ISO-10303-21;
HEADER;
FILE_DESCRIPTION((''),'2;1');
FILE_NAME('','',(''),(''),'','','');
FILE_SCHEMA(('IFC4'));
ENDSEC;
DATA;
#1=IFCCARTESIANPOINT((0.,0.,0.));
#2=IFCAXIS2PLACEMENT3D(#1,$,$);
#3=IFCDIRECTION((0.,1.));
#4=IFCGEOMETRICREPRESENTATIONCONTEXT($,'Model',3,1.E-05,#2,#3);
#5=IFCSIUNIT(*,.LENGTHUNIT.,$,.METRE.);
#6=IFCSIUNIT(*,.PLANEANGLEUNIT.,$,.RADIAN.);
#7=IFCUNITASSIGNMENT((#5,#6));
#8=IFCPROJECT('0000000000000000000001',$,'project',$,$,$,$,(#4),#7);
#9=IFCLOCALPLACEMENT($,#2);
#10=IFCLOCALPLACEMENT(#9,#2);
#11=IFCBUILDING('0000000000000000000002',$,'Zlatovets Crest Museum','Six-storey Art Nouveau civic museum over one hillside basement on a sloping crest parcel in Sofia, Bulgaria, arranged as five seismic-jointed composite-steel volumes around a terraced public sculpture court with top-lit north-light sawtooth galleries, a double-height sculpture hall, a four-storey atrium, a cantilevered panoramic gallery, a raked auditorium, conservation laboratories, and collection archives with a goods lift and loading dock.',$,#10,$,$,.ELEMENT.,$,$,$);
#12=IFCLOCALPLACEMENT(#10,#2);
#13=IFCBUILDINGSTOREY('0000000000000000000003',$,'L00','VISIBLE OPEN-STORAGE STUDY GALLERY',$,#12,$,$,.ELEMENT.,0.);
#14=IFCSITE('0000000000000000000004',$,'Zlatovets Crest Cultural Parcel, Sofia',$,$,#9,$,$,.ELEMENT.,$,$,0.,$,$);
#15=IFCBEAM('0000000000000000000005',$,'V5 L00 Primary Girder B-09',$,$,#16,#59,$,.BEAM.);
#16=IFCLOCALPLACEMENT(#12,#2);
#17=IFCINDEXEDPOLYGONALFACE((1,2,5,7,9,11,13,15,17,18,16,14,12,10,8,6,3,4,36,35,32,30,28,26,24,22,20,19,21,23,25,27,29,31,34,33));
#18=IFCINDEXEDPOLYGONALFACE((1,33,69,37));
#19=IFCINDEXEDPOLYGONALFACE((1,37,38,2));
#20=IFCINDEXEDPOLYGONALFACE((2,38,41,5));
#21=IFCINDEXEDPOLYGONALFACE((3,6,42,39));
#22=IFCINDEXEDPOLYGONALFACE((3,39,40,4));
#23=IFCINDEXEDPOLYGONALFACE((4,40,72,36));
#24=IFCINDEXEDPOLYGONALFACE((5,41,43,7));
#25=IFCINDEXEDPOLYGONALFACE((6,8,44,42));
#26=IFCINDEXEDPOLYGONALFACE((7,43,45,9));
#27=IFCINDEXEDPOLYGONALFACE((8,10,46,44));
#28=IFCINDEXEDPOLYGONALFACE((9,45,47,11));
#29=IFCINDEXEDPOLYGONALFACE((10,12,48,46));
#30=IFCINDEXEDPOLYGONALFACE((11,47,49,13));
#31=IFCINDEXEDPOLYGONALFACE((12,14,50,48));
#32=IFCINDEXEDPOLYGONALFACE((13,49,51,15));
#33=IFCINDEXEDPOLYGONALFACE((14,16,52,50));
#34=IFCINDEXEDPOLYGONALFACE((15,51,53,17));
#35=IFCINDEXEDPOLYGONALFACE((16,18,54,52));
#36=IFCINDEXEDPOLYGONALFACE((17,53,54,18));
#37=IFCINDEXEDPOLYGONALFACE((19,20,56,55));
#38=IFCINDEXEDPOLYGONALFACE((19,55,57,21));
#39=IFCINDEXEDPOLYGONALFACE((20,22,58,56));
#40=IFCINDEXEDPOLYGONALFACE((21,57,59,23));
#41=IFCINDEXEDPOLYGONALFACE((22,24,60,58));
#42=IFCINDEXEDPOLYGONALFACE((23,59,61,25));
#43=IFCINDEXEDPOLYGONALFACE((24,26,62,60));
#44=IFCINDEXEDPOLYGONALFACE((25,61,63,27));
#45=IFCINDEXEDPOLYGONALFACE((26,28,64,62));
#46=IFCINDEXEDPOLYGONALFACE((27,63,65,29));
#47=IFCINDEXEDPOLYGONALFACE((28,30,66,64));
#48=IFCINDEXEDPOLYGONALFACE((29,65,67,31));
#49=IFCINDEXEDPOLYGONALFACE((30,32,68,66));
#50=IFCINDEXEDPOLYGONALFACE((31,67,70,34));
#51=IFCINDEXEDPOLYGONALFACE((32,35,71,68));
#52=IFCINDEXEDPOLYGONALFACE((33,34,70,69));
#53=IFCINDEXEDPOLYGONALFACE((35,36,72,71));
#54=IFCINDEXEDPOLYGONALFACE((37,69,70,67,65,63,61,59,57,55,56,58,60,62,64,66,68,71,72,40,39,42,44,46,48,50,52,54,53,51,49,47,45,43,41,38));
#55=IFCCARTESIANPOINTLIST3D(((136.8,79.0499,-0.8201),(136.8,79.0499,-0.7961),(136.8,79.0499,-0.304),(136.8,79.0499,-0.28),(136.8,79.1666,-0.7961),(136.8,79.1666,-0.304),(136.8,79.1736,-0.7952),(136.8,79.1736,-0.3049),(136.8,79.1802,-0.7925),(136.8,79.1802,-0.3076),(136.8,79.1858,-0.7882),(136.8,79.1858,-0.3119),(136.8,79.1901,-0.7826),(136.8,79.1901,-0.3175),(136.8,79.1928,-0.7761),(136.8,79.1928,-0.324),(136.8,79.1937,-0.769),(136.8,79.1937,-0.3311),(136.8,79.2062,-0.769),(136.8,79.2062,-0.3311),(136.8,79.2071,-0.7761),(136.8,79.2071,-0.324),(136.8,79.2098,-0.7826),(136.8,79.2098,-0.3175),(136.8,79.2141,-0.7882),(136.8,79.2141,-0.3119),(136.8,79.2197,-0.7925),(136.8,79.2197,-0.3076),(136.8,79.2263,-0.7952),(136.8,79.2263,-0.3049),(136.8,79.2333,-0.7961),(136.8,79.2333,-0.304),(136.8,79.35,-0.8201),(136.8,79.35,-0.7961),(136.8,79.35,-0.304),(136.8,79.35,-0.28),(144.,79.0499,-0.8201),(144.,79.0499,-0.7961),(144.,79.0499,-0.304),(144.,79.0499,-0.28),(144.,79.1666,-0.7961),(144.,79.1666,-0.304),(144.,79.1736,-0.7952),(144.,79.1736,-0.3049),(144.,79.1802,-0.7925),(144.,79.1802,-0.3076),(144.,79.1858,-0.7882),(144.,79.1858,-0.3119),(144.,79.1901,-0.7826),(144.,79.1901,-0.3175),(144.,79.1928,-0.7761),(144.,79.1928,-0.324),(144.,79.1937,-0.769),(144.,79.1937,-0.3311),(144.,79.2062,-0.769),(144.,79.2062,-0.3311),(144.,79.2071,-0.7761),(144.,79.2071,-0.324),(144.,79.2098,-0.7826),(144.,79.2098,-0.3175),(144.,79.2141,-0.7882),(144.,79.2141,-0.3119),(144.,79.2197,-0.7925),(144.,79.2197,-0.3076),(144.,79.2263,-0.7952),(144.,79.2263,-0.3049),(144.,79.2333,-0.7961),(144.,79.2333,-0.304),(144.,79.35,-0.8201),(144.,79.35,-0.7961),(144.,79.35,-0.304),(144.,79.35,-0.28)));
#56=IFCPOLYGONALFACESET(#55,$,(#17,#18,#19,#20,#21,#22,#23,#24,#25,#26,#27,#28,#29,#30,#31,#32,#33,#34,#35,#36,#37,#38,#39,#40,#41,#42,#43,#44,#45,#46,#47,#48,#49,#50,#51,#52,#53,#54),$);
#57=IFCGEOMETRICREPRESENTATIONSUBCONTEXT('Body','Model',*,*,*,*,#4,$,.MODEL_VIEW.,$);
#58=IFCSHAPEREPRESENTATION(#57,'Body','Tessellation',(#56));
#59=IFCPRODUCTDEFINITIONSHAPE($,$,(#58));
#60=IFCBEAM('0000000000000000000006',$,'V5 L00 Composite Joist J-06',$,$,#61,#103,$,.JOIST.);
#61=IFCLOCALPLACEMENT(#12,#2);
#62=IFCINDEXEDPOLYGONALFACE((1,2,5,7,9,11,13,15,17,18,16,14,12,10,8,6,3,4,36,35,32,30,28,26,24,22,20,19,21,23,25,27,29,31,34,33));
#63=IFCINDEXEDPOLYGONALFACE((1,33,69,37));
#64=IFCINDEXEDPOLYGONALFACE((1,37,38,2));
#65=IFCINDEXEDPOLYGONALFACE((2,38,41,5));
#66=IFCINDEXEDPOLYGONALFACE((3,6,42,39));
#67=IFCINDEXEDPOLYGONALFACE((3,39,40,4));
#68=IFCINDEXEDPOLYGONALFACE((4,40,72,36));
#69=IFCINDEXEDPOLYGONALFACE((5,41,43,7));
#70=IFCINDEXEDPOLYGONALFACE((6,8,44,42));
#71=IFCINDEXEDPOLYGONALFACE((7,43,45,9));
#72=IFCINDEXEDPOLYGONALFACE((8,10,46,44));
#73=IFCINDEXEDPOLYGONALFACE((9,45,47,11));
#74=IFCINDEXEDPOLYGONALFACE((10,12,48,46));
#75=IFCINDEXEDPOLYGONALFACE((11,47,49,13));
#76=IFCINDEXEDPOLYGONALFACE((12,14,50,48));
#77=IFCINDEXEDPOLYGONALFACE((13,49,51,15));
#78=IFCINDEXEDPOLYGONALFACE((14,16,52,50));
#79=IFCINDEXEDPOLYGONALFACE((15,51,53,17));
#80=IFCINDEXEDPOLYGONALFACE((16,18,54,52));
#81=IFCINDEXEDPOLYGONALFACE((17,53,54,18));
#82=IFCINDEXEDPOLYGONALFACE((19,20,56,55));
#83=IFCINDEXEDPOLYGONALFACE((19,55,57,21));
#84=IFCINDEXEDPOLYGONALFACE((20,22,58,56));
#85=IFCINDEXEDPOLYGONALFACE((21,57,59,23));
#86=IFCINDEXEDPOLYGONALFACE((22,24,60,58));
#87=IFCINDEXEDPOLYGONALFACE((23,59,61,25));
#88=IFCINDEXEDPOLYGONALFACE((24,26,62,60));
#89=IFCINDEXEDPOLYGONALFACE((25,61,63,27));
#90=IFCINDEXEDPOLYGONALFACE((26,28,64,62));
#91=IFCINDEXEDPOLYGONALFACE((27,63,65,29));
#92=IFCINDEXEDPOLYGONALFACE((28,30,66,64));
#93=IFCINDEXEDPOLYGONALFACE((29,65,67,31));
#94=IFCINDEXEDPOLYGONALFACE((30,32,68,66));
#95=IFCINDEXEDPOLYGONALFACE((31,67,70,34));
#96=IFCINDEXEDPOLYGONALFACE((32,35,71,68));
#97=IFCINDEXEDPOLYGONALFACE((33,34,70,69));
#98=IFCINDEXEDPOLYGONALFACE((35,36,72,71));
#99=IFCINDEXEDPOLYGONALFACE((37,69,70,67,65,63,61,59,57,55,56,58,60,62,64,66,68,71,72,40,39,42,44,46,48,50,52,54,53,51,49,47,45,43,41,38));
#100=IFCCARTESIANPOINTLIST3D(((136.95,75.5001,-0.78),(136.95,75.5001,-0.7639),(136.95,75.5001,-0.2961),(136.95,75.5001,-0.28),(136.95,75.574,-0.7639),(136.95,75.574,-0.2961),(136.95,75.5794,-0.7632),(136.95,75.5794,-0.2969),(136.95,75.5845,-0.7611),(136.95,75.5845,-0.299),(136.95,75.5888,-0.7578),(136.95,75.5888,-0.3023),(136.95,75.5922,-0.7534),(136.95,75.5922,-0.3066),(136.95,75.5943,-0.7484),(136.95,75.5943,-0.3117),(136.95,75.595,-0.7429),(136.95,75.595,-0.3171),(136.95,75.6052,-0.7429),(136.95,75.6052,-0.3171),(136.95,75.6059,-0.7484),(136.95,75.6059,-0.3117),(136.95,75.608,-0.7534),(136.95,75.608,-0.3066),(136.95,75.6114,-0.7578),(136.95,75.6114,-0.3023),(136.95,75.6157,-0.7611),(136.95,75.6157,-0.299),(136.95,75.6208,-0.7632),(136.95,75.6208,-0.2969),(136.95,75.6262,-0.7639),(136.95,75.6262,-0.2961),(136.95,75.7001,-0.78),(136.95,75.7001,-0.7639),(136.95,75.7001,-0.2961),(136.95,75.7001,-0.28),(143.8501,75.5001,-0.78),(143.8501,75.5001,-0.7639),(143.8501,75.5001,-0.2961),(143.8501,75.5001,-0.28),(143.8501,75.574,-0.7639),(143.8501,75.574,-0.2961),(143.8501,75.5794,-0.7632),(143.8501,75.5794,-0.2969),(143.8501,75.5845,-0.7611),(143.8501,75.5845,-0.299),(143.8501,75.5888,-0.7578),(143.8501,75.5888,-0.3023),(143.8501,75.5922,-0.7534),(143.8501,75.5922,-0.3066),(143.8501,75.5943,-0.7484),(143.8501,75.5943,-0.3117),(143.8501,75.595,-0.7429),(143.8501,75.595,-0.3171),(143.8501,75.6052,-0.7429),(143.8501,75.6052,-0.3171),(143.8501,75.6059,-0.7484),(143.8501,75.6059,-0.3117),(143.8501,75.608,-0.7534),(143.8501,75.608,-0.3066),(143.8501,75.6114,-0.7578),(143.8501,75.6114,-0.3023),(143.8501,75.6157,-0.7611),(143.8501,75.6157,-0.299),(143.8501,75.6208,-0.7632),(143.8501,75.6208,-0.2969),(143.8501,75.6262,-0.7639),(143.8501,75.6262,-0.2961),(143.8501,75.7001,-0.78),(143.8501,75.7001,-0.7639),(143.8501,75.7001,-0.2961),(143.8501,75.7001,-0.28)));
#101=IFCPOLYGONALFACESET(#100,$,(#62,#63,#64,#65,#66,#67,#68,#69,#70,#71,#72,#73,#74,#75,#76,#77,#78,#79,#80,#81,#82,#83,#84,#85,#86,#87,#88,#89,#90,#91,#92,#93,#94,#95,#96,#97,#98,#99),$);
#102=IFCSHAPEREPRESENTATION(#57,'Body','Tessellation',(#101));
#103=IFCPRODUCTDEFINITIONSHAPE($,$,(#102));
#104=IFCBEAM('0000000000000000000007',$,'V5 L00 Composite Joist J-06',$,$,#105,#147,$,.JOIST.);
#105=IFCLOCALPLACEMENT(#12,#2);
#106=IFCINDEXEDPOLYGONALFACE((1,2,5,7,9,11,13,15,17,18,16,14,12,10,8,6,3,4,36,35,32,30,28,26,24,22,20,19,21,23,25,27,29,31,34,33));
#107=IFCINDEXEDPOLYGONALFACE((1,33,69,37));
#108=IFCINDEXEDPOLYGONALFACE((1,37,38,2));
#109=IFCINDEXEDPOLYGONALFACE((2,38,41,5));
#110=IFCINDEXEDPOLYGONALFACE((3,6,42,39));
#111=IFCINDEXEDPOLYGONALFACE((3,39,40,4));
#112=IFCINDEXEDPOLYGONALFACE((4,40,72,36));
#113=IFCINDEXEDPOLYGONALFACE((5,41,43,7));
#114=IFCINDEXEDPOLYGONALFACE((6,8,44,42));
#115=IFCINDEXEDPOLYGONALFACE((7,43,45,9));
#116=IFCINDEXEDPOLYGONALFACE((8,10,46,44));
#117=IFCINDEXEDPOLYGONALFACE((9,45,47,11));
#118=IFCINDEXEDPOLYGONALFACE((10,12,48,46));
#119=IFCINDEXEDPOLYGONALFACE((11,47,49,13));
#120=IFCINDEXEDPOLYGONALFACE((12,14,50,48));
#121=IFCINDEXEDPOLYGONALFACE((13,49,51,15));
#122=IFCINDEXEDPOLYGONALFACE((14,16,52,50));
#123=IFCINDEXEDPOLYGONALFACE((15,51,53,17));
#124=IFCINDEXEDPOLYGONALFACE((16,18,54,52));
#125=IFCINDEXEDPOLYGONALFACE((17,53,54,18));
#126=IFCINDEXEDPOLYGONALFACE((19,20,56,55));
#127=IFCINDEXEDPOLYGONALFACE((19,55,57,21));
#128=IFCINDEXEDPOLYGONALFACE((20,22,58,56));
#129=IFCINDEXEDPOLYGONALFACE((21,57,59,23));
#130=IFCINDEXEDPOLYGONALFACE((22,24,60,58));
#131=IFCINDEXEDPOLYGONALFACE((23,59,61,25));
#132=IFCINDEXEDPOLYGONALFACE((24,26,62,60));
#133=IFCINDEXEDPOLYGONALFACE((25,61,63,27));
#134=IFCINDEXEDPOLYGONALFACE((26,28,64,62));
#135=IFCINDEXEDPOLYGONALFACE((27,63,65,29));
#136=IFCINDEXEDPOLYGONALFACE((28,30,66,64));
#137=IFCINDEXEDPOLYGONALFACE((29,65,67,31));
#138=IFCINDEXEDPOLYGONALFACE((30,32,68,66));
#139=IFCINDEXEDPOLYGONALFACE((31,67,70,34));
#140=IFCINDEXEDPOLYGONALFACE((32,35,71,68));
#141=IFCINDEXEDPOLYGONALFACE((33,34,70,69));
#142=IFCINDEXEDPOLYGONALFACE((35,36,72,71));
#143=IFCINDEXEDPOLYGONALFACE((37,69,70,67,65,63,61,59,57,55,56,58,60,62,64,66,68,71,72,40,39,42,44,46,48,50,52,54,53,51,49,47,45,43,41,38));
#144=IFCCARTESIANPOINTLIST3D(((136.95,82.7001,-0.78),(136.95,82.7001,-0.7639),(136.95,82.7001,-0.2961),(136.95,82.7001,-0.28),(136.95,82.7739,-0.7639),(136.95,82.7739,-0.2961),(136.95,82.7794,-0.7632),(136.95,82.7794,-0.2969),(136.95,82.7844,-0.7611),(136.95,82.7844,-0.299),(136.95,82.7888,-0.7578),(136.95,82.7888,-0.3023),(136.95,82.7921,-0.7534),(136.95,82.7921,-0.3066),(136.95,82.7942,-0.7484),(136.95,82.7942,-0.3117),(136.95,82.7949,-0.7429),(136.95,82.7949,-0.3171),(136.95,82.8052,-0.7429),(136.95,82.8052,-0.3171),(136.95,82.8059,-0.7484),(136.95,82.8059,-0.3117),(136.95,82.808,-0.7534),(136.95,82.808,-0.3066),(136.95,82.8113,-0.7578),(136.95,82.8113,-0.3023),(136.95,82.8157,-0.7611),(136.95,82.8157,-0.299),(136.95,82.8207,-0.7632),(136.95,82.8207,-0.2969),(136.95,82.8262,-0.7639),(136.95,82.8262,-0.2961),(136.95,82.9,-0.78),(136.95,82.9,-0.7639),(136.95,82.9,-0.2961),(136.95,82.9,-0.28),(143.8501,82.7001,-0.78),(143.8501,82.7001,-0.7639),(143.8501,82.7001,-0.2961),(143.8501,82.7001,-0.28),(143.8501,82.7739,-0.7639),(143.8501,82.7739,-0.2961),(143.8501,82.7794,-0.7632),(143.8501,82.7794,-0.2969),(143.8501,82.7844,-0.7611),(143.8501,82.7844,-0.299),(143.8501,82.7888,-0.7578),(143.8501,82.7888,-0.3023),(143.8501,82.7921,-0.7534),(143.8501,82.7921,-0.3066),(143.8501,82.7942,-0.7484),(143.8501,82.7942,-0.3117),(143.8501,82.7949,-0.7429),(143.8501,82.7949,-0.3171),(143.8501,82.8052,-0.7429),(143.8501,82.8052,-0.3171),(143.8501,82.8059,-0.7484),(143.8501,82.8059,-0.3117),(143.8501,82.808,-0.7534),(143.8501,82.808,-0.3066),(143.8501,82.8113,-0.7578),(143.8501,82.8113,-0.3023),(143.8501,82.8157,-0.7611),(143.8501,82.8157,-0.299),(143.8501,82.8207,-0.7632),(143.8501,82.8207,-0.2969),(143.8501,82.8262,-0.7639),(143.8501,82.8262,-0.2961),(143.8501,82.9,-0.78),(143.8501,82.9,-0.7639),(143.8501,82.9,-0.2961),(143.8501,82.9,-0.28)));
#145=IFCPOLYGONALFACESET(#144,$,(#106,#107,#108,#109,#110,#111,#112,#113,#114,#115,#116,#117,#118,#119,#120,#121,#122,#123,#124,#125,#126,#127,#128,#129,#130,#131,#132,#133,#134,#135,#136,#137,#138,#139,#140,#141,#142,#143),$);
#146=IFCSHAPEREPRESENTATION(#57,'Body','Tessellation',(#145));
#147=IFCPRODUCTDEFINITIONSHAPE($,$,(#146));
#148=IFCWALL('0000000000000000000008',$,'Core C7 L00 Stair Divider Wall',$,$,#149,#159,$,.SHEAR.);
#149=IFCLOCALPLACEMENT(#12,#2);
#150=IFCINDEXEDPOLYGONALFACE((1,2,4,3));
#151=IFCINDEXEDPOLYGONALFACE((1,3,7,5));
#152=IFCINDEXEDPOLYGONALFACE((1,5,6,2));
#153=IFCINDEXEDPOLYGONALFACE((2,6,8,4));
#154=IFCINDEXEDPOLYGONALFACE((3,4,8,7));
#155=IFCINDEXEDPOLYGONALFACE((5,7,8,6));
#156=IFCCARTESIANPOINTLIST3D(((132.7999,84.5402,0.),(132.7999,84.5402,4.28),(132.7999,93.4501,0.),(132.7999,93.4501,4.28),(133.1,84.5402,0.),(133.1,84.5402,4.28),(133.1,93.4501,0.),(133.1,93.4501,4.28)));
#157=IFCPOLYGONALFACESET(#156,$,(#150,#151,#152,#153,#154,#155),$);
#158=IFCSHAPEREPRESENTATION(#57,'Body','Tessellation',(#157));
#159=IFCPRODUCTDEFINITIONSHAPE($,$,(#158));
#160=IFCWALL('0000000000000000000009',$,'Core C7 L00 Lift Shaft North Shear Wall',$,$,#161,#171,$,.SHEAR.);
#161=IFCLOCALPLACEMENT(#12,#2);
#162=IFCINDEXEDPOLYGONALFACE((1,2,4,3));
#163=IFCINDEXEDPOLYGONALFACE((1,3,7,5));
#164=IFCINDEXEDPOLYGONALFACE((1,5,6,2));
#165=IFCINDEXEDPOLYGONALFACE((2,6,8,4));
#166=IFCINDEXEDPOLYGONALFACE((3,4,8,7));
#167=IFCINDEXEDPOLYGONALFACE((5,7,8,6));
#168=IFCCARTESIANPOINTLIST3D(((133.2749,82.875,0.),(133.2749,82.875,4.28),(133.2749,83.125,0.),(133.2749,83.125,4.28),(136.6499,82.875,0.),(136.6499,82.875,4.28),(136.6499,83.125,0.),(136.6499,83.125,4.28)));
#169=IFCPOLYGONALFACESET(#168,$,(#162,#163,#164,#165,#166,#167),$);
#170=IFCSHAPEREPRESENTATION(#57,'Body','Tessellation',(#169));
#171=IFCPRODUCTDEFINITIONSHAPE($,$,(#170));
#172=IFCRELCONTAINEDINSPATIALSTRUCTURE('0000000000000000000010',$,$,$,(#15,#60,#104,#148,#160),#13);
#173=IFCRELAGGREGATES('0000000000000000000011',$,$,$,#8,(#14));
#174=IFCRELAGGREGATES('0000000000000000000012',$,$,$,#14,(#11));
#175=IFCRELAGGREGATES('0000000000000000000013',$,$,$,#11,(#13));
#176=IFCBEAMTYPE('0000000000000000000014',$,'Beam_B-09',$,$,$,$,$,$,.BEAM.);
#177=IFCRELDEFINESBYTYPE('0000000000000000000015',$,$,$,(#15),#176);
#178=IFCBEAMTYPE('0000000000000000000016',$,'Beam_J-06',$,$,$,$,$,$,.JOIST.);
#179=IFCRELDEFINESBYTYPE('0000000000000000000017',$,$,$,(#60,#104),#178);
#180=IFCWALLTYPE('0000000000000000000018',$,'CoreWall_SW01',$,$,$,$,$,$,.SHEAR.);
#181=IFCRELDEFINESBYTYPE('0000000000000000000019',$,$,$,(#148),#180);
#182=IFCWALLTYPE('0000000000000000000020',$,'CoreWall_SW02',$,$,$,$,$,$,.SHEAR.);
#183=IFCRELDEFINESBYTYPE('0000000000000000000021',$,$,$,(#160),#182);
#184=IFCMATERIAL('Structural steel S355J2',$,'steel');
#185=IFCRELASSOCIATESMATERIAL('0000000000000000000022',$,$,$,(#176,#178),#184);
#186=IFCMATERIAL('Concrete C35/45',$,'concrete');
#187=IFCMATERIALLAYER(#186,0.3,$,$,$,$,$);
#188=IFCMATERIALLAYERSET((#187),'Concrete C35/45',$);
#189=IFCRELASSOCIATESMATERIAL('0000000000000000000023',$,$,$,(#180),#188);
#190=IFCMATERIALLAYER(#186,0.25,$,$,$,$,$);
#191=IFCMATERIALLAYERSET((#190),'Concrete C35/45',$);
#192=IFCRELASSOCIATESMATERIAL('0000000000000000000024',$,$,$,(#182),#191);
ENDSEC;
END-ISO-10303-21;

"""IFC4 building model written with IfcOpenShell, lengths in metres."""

from ifc_helpers import new_model, si_unit, direction, frame, frame_2d, origin, origin_2d, place, context, subcontext, project, spatial, rectangle, i_section, extrude, material, layer, layer_set, material_profile, profile_set, type_object, element, save


model = new_model("IFC4")

# Units and contexts
model_context = context("Model", 3, precision=1e-05, world=origin(), true_north=direction((0.0, 1.0)))
body_context = subcontext(model_context, "Body", "Model", "MODEL_VIEW")
ifc_project = project(units=[si_unit("LENGTHUNIT", "METRE"), si_unit("PLANEANGLEUNIT", "RADIAN")], contexts=[model_context])

# Site, building, storey
site_placement = place(None, origin())
site = spatial("IfcSite", under=ifc_project, at=site_placement, Name="Zlatovets Crest Cultural Parcel, Sofia", CompositionType="ELEMENT", RefElevation=0.0)
building_placement = place(site_placement, origin())
building = spatial("IfcBuilding", under=site, at=building_placement, Name="Zlatovets Crest Museum", Description="Six-storey Art Nouveau civic museum over one hillside basement on a sloping crest parcel in Sofia, Bulgaria, arranged as five seismic-jointed composite-steel volumes around a terraced public sculpture court with top-lit north-light sawtooth galleries, a double-height sculpture hall, a four-storey atrium, a cantilevered panoramic gallery, a raked auditorium, conservation laboratories, and collection archives with a goods lift and loading dock.", CompositionType="ELEMENT")
storey_placement = place(building_placement, origin())
storey = spatial("IfcBuildingStorey", under=building, at=storey_placement, Name="L00", Description="VISIBLE OPEN-STORAGE STUDY GALLERY", CompositionType="ELEMENT", Elevation=0.0)

# Shared definitions
ifc_material_1 = material(Name="Structural steel S355J2", Category="steel")

# Beams
ifc_material_profile_1 = material_profile(ifc_material_1, i_section(OverallWidth=0.3, OverallDepth=0.54, WebThickness=0.0125, FlangeThickness=0.0239, FilletRadius=0.0271, at=origin_2d()), Name="HEA 550")
ifc_profile_set_1 = profile_set([ifc_material_profile_1], Name="Structural steel S355J2")
beam_type_1 = type_object("IfcBeamType", Name="Beam_B-09", PredefinedType="BEAM", material=ifc_profile_set_1)
beam_placement = place(storey_placement, frame((136.8, 79.2, -0.55), z_axis=(1.0, 0.0, 0.0), x_axis=(0.0, 1.0, 0.0)))
element("IfcBeam", 1, at=beam_placement, inside=storey, type_object=beam_type_1, Name="V5 L00 Primary Girder B-09", PredefinedType="BEAM", context=body_context, shape_type="SweptSolid", body=[
    extrude(i_section(OverallWidth=0.3, OverallDepth=0.54, WebThickness=0.0125, FlangeThickness=0.0239, FilletRadius=0.0271, at=origin_2d()), origin(), (0.0, 0.0, 1.0), 7.2),
])
ifc_material_profile_2 = material_profile(ifc_material_1, i_section(OverallWidth=0.2, OverallDepth=0.5, WebThickness=0.0103, FlangeThickness=0.0161, FilletRadius=0.021, at=origin_2d()), Name="IPE 500")
ifc_profile_set_2 = profile_set([ifc_material_profile_2], Name="Structural steel S355J2")
beam_type_2 = type_object("IfcBeamType", Name="Beam_J-06", PredefinedType="JOIST", material=ifc_profile_set_2)
for number, where, z_axis, x_axis, name in (
    (2, (136.95, 75.6001, -0.53), (1.0, 0.0, 0.0), (0.0, 1.0, 0.0), "V5 L00 Composite Joist J-06"),
    (3, (136.95, 82.8, -0.53), (1.0, 0.0, 0.0), (0.0, 1.0, 0.0), "V5 L00 Composite Joist J-06"),
):
    element("IfcBeam", number, at=place(storey_placement, frame(where, z_axis=z_axis, x_axis=x_axis)), inside=storey, type_object=beam_type_2, Name=name, PredefinedType="JOIST", context=body_context, shape_type="SweptSolid", body=[
        extrude(i_section(OverallWidth=0.2, OverallDepth=0.5, WebThickness=0.0103, FlangeThickness=0.0161, FilletRadius=0.021, at=origin_2d()), origin(), (0.0, 0.0, 1.0), 6.9001),
    ])

# Shared definitions
ifc_material_2 = material(Name="Concrete C35/45", Category="concrete")
ifc_layer_1 = layer(ifc_material_2, 0.3)
ifc_layer_set_1 = layer_set([ifc_layer_1], Name="Concrete C35/45")
wall_type_1 = type_object("IfcWallType", Name="CoreWall_SW01", PredefinedType="SHEAR", material=ifc_layer_set_1)

# Wall
wall_1_placement = place(storey_placement, frame((132.95, 84.54, 0.0), z_axis=(0.0, 0.0, 1.0), x_axis=(0.0, 1.0, 0.0)))
element("IfcWall", 4, at=wall_1_placement, inside=storey, type_object=wall_type_1, Name="Core C7 L00 Stair Divider Wall", PredefinedType="SHEAR", context=body_context, shape_type="SweptSolid", body=[
    extrude(rectangle(XDim=8.9099, YDim=0.3, at=frame_2d((4.4551, 0.0))), origin(), (0.0, 0.0, 1.0), 4.28),
])

# Shared definitions
ifc_layer_2 = layer(ifc_material_2, 0.25)
ifc_layer_set_2 = layer_set([ifc_layer_2], Name="Concrete C35/45")
wall_type_2 = type_object("IfcWallType", Name="CoreWall_SW02", PredefinedType="SHEAR", material=ifc_layer_set_2)

# Wall
wall_2_placement = place(storey_placement, frame((133.2749, 83.0, 0.0), z_axis=(0.0, 0.0, 1.0), x_axis=(1.0, 0.0, 0.0)))
element("IfcWall", 5, at=wall_2_placement, inside=storey, type_object=wall_type_2, Name="Core C7 L00 Lift Shaft North Shear Wall", PredefinedType="SHEAR", context=body_context, shape_type="SweptSolid", body=[
    extrude(rectangle(XDim=3.375, YDim=0.25, at=frame_2d((1.6875, 0.0))), origin(), (0.0, 0.0, 1.0), 4.28),
])

save(model, "model.ifc")
